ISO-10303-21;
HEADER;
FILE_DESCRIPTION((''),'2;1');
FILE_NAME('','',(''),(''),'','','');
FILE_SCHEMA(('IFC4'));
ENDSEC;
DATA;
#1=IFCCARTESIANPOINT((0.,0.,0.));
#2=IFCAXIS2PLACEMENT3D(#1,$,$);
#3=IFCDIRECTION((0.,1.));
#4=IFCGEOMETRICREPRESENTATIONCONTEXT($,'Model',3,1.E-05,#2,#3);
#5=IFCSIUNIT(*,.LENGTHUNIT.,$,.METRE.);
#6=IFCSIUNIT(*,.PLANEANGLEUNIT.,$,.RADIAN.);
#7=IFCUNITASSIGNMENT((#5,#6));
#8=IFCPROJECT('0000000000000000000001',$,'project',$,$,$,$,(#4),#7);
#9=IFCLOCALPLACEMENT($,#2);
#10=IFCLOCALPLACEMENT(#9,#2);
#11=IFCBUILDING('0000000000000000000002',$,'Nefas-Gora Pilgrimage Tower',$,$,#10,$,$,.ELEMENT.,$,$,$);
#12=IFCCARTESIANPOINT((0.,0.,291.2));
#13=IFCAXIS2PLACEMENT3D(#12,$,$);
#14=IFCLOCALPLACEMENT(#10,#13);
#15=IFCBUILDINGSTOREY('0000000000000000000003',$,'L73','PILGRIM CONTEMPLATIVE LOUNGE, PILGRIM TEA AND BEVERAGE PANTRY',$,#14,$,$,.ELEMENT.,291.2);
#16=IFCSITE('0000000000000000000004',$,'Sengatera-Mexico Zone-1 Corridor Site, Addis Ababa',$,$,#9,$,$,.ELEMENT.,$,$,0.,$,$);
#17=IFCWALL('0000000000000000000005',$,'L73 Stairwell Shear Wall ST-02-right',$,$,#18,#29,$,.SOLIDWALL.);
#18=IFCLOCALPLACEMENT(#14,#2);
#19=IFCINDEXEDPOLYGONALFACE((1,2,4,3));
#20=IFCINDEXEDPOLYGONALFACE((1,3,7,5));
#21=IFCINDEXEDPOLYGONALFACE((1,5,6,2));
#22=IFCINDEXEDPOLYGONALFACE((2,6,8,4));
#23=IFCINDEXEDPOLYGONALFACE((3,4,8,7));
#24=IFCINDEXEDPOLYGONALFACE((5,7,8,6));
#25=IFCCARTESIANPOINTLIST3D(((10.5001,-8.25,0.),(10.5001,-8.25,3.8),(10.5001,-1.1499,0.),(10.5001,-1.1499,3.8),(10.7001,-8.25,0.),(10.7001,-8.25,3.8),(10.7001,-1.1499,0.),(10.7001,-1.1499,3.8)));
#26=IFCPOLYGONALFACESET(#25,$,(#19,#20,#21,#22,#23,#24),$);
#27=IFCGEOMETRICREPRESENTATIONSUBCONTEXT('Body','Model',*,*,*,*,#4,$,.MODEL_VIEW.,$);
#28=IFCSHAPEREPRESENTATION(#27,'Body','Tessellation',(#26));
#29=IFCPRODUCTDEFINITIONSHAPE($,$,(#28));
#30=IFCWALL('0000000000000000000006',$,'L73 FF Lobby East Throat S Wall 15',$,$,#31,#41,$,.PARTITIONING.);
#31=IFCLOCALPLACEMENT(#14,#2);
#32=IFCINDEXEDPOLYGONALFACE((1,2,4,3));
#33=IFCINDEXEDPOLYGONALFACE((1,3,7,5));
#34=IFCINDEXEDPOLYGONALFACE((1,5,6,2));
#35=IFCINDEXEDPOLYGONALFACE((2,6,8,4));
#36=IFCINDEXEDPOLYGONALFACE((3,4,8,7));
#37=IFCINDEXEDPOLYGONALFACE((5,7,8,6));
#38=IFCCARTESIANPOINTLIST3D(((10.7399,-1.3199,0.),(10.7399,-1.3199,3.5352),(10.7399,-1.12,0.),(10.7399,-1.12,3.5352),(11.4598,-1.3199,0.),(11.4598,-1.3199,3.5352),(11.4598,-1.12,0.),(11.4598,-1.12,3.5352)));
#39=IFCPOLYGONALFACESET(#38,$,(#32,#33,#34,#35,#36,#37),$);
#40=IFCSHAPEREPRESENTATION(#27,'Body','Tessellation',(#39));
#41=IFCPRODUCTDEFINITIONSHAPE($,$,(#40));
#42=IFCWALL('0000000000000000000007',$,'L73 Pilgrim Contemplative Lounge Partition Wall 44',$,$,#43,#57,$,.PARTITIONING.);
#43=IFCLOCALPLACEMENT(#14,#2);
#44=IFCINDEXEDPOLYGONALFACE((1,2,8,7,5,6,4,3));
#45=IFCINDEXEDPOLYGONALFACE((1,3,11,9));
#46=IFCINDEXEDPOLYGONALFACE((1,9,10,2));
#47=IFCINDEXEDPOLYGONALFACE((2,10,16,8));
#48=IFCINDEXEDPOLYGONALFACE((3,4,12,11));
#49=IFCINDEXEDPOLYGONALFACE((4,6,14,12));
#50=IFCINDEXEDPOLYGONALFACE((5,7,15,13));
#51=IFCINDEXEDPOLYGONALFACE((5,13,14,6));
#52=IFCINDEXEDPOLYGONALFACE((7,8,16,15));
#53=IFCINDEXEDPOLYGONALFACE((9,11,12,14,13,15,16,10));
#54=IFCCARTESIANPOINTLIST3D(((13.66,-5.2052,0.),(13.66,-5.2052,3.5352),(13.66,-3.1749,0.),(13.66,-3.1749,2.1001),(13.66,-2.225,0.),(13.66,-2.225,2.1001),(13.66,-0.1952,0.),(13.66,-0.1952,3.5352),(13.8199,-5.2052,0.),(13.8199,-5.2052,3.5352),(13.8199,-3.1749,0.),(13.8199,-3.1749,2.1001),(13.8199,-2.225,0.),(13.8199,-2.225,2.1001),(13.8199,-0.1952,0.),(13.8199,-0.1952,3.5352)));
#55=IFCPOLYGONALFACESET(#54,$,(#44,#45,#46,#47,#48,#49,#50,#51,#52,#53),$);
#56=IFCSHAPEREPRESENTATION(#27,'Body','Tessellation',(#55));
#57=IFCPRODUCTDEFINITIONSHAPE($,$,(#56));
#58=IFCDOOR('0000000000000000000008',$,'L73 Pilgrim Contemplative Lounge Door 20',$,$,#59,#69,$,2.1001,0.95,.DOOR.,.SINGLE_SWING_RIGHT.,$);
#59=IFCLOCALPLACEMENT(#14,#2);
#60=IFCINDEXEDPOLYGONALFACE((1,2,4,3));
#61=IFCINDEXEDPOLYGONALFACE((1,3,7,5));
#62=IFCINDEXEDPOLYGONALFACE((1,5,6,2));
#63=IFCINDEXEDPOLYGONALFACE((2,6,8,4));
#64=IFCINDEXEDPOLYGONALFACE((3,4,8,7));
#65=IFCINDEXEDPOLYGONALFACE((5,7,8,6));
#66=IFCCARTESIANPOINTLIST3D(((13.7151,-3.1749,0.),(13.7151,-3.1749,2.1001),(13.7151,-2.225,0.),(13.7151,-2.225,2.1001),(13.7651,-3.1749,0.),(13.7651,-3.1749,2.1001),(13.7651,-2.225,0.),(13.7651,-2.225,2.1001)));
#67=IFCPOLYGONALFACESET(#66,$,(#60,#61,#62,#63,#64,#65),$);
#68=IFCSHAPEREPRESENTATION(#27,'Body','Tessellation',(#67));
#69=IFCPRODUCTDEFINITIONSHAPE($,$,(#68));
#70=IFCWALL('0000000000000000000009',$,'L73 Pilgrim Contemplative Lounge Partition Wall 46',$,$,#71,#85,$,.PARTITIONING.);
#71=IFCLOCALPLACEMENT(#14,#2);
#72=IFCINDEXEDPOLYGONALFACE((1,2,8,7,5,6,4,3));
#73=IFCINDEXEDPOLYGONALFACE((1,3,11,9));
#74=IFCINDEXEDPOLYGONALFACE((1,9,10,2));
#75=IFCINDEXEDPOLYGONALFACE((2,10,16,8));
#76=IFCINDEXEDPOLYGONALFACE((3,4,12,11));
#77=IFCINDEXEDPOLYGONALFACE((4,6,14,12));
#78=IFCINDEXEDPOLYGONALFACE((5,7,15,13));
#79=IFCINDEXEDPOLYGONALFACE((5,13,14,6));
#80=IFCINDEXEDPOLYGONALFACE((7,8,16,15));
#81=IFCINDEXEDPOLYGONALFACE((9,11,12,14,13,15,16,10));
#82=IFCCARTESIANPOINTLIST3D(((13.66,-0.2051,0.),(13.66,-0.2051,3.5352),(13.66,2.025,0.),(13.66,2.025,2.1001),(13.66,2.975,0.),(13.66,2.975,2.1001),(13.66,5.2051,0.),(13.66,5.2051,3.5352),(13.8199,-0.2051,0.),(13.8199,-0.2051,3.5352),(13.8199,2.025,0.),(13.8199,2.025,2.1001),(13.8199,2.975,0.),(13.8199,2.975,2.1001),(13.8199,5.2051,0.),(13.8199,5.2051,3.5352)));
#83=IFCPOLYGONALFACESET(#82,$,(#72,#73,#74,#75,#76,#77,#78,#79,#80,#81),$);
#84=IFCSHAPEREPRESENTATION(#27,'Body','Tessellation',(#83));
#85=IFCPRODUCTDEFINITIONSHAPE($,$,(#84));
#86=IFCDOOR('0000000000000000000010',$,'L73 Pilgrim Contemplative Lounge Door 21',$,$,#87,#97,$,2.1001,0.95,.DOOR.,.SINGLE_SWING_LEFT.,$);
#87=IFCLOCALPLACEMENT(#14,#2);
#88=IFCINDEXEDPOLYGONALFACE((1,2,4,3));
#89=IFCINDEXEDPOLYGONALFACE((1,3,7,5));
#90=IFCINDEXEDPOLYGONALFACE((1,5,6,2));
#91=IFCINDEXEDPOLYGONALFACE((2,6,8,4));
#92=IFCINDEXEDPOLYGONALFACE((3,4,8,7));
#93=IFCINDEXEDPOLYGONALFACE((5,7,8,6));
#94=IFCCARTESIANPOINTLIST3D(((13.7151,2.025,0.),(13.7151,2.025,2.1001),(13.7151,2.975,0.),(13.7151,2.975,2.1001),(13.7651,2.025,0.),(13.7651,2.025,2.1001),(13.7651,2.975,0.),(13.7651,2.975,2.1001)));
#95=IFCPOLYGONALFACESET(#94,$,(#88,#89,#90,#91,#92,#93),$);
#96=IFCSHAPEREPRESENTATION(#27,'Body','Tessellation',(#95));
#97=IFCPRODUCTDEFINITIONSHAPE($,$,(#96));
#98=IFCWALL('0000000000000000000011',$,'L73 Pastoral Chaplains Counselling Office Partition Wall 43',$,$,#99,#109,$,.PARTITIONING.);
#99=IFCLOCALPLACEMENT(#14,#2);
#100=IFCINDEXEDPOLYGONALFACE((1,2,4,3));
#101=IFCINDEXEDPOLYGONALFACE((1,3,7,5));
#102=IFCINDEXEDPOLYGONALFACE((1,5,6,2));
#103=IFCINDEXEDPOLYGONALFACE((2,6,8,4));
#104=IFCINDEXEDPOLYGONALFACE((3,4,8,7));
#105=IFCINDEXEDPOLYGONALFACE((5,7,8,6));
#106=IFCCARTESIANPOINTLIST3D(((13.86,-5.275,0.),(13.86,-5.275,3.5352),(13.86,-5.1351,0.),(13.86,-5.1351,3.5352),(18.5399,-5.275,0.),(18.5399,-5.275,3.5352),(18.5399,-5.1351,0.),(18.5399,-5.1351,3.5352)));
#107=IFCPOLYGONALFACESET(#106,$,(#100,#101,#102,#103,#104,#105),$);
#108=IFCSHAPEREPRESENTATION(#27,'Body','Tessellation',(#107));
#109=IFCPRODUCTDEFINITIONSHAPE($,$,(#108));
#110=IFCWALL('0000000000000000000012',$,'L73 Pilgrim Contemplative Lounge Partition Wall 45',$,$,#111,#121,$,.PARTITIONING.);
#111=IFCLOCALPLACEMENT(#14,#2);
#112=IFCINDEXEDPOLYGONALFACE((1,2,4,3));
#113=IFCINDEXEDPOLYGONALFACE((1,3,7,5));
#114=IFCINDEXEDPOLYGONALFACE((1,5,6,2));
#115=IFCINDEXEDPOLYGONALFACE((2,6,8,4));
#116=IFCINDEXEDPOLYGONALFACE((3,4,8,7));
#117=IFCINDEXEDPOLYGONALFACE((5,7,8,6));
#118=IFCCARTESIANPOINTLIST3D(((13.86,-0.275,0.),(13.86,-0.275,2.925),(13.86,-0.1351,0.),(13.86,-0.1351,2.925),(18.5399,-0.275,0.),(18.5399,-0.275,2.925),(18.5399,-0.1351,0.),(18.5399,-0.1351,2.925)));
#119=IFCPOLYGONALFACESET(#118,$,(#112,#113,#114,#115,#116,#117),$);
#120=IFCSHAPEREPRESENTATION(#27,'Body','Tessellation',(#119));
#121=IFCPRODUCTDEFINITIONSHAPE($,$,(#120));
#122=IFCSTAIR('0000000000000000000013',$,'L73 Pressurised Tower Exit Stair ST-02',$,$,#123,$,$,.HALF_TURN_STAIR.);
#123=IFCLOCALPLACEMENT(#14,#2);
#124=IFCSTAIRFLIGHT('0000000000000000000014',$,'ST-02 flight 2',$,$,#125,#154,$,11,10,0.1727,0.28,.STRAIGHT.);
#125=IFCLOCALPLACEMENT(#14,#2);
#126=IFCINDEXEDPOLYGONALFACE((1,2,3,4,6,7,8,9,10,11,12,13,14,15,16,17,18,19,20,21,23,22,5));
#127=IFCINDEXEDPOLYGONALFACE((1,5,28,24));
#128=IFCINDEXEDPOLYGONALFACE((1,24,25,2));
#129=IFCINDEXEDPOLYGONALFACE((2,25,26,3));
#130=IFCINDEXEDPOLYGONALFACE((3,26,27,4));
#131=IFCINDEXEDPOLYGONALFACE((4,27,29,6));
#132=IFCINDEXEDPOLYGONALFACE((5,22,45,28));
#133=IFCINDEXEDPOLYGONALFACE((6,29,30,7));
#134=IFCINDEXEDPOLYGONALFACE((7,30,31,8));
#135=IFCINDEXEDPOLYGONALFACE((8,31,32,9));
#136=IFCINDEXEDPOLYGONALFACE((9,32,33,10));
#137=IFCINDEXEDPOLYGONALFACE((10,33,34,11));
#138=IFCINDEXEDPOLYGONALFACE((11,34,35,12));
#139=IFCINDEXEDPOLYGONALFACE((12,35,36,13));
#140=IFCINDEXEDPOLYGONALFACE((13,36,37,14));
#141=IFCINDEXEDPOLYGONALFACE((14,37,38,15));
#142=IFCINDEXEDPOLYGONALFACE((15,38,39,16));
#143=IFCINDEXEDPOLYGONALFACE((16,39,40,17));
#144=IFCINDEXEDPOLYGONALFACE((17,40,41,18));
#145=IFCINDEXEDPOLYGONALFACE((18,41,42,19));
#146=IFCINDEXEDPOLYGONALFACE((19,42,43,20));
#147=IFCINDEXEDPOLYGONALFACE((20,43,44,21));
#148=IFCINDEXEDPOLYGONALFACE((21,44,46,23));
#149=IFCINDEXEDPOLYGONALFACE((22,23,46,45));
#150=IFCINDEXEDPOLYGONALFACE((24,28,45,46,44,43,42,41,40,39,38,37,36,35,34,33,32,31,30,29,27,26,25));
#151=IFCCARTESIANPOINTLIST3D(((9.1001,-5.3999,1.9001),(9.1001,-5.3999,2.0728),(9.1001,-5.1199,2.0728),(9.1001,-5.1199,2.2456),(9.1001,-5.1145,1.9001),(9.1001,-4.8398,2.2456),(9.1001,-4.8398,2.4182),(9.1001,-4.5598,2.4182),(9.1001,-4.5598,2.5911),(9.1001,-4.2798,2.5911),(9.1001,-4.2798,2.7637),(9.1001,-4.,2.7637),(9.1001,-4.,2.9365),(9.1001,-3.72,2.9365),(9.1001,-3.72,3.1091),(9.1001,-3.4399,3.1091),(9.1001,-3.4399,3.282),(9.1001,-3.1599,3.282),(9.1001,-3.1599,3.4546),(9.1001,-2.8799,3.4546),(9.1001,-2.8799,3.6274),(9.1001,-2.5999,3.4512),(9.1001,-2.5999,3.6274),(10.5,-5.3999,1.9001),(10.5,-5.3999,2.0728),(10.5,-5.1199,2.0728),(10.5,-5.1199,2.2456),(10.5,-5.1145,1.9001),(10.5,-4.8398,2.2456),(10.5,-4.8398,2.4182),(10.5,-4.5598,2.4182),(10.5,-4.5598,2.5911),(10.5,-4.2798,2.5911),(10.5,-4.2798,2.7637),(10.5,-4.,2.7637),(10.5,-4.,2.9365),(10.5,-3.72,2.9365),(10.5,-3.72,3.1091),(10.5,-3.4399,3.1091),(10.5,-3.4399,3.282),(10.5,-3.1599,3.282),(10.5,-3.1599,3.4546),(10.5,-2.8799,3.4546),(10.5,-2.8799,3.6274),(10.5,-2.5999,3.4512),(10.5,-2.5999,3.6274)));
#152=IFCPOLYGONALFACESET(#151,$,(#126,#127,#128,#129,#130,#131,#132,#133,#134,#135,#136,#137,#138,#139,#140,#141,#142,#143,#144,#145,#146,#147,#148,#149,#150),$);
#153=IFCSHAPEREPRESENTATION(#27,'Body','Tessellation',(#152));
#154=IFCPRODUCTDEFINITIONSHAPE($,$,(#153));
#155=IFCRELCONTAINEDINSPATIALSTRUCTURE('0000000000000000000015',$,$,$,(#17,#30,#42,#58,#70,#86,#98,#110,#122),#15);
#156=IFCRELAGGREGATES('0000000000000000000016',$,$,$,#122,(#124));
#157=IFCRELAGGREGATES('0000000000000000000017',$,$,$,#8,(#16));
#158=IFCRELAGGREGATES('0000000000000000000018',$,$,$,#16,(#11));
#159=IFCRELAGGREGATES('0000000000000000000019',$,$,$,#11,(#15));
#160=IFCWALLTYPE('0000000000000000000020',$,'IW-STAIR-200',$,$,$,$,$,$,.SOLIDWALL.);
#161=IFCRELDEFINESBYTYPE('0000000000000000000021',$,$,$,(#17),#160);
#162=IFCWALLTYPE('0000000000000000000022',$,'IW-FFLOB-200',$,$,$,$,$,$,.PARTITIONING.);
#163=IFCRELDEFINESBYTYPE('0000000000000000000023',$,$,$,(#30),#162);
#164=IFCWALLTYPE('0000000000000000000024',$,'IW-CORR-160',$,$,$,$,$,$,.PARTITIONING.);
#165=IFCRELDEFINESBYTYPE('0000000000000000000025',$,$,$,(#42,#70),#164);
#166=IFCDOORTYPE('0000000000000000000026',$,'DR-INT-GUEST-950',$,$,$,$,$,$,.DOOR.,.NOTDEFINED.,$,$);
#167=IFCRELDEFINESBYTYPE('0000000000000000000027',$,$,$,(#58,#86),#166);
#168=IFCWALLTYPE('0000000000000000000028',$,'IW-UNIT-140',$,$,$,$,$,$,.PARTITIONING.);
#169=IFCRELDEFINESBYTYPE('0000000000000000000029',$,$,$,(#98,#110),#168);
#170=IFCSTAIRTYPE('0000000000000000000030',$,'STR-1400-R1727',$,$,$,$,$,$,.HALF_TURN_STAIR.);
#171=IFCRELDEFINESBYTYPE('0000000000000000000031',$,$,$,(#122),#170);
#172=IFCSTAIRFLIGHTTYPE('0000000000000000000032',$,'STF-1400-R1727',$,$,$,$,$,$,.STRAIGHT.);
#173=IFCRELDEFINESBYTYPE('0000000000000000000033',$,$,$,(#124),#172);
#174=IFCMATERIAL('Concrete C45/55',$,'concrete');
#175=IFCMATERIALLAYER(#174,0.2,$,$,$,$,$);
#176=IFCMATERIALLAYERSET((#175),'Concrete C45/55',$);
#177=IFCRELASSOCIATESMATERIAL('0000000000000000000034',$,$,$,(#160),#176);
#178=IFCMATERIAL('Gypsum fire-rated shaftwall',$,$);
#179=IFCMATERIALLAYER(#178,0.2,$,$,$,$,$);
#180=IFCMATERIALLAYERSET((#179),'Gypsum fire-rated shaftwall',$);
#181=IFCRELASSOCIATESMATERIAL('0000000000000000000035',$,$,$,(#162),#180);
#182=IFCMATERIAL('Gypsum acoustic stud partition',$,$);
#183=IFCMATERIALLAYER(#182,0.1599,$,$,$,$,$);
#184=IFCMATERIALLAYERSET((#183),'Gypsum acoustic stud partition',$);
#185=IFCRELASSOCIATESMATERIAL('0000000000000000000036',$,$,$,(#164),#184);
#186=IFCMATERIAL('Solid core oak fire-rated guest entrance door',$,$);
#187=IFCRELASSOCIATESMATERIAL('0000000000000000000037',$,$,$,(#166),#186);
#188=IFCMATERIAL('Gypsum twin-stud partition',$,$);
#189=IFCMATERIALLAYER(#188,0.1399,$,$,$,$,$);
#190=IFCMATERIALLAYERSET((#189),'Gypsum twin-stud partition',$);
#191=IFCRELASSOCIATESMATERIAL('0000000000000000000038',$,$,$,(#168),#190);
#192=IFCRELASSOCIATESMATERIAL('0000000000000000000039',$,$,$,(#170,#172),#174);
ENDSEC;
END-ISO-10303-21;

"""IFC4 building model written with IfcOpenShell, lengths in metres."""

from ifc_helpers import new_model, si_unit, direction, frame, frame_2d, origin, place, context, subcontext, project, spatial, polyline, rectangle, outline, extrude, source, transform, mapped, material, layer, layer_set, type_object, element, fill, aggregate, save


model = new_model("IFC4")

# Units and contexts
model_context = context("Model", 3, precision=1e-05, world=origin(), true_north=direction((0.0, 1.0)))
body_context = subcontext(model_context, "Body", "Model", "MODEL_VIEW")
ifc_project = project(units=[si_unit("LENGTHUNIT", "METRE"), si_unit("PLANEANGLEUNIT", "RADIAN")], contexts=[model_context])

# Site, building, storey
site_placement = place(None, origin())
site = spatial("IfcSite", under=ifc_project, at=site_placement, Name="Sengatera-Mexico Zone-1 Corridor Site, Addis Ababa", CompositionType="ELEMENT", RefElevation=0.0)
building_placement = place(site_placement, origin())
building = spatial("IfcBuilding", under=site, at=building_placement, Name="Nefas-Gora Pilgrimage Tower", CompositionType="ELEMENT")
storey_placement = place(building_placement, frame((0.0, 0.0, 291.2)))
storey = spatial("IfcBuildingStorey", under=building, at=storey_placement, Name="L73", Description="PILGRIM CONTEMPLATIVE LOUNGE, PILGRIM TEA AND BEVERAGE PANTRY", CompositionType="ELEMENT", Elevation=291.2)

# Walls
ifc_material_1 = material(Name="Concrete C45/55", Category="concrete")
ifc_layer_1 = layer(ifc_material_1, 0.2)
ifc_layer_set_1 = layer_set([ifc_layer_1], Name="Concrete C45/55")
wall_type_1 = type_object("IfcWallType", Name="IW-STAIR-200", PredefinedType="SOLIDWALL", material=ifc_layer_set_1)
shared_shape_1 = source(origin(), body_context, "Body", "SweptSolid", [
    extrude(rectangle(XDim=7.1001, YDim=0.2, at=frame_2d((3.55, 0.0))), origin(), (0.0, 0.0, 1.0), 3.8),
])
wall_1_placement = place(storey_placement, frame((10.6001, -1.1499, 0.0), z_axis=(0.0, 0.0, 1.0), x_axis=(0.0, -1.0, 0.0)))
element("IfcWall", 1, at=wall_1_placement, inside=storey, type_object=wall_type_1, Name="L73 Stairwell Shear Wall ST-02-right", PredefinedType="SOLIDWALL", context=body_context, shape_type="MappedRepresentation", body=[
    mapped(shared_shape_1, transform((0.0, 0.0, 0.0), x_axis=(1.0, 0.0, 0.0), y_axis=(0.0, 1.0, 0.0), z_axis=(0.0, 0.0, 1.0), scale=1.0)),
])
ifc_material_2 = material(Name="Gypsum fire-rated shaftwall")
ifc_layer_2 = layer(ifc_material_2, 0.2)
ifc_layer_set_2 = layer_set([ifc_layer_2], Name="Gypsum fire-rated shaftwall")
wall_type_2 = type_object("IfcWallType", Name="IW-FFLOB-200", PredefinedType="PARTITIONING", material=ifc_layer_set_2)
shared_shape_2 = source(origin(), body_context, "Body", "SweptSolid", [
    extrude(rectangle(XDim=0.72, YDim=0.2, at=frame_2d((0.3599, 0.0))), origin(), (0.0, 0.0, 1.0), 3.5352),
])
wall_2_placement = place(storey_placement, frame((10.74, -1.22, 0.0), z_axis=(0.0, 0.0, 1.0), x_axis=(1.0, 0.0, 0.0)))
element("IfcWall", 2, at=wall_2_placement, inside=storey, type_object=wall_type_2, Name="L73 FF Lobby East Throat S Wall 15", PredefinedType="PARTITIONING", context=body_context, shape_type="MappedRepresentation", body=[
    mapped(shared_shape_2, transform((0.0, 0.0, 0.0), x_axis=(1.0, 0.0, 0.0), y_axis=(0.0, 1.0, 0.0), z_axis=(0.0, 0.0, 1.0), scale=1.0)),
])

# Walls, openings, doors
ifc_material_3 = material(Name="Gypsum acoustic stud partition")
ifc_layer_3 = layer(ifc_material_3, 0.1599)
ifc_layer_set_3 = layer_set([ifc_layer_3], Name="Gypsum acoustic stud partition")
wall_type_3 = type_object("IfcWallType", Name="IW-CORR-160", PredefinedType="PARTITIONING", material=ifc_layer_set_3)
shared_shape_3 = source(origin(), body_context, "Body", "SweptSolid", [
    extrude(rectangle(XDim=5.01, YDim=0.1599, at=frame_2d((2.5049, 0.0))), origin(), (0.0, 0.0, 1.0), 3.5352),
])
wall_3_placement = place(storey_placement, frame((13.74, -5.2051, 0.0), z_axis=(0.0, 0.0, 1.0), x_axis=(0.0, 1.0, 0.0)))
wall_3 = element("IfcWall", 3, at=wall_3_placement, inside=storey, type_object=wall_type_3, Name="L73 Pilgrim Contemplative Lounge Partition Wall 44", PredefinedType="PARTITIONING", context=body_context, shape_type="MappedRepresentation", body=[
    mapped(shared_shape_3, transform((0.0, 0.0, 0.0), x_axis=(1.0, 0.0, 0.0), y_axis=(0.0, 1.0, 0.0), z_axis=(0.0, 0.0, 1.0), scale=1.0)),
])
opening_1_placement = place(wall_3_placement, frame((2.03, 0.0, 0.0)))
opening_1 = element("IfcOpeningElement", 4, at=opening_1_placement, cuts=wall_3, PredefinedType="OPENING", context=body_context, shape_type="SweptSolid", body=[
    extrude(rectangle(XDim=0.95, YDim=2.1001, at=frame_2d((0.4751, 1.05))), frame((0.0, 0.0898, 0.0), z_axis=(0.0, -1.0, 0.0), x_axis=(1.0, 0.0, 0.0)), (0.0, 0.0, 1.0), 0.1799),
])
ifc_material_4 = material(Name="Solid core oak fire-rated guest entrance door")
door_type_1 = type_object("IfcDoorType", Name="DR-INT-GUEST-950", OperationType="NOTDEFINED", PredefinedType="DOOR", material=ifc_material_4)
shared_shape_4 = source(origin(), body_context, "Body", "SweptSolid", [
    extrude(rectangle(XDim=0.95, YDim=2.1001, at=frame_2d((0.4751, 1.05))), frame((0.0, 0.0249, 0.0), z_axis=(0.0, -1.0, 0.0), x_axis=(1.0, 0.0, 0.0)), (0.0, 0.0, 1.0), 0.05),
])
door_1_placement = place(opening_1_placement, origin())
door_1 = element("IfcDoor", 5, at=door_1_placement, inside=storey, type_object=door_type_1, Name="L73 Pilgrim Contemplative Lounge Door 20", OperationType="SINGLE_SWING_RIGHT", OverallHeight=2.1001, OverallWidth=0.95, PredefinedType="DOOR", context=body_context, shape_type="MappedRepresentation", body=[
    mapped(shared_shape_4, transform((0.0, 0.0, 0.0), x_axis=(1.0, 0.0, 0.0), y_axis=(0.0, 1.0, 0.0), z_axis=(0.0, 0.0, 1.0), scale=1.0)),
])
fill(opening_1, door_1)
shared_shape_5 = source(origin(), body_context, "Body", "SweptSolid", [
    extrude(rectangle(XDim=5.4102, YDim=0.1599, at=frame_2d((2.7051, 0.0))), origin(), (0.0, 0.0, 1.0), 3.5352),
])
wall_4_placement = place(storey_placement, frame((13.74, -0.2051, 0.0), z_axis=(0.0, 0.0, 1.0), x_axis=(0.0, 1.0, 0.0)))
wall_4 = element("IfcWall", 6, at=wall_4_placement, inside=storey, type_object=wall_type_3, Name="L73 Pilgrim Contemplative Lounge Partition Wall 46", PredefinedType="PARTITIONING", context=body_context, shape_type="MappedRepresentation", body=[
    mapped(shared_shape_5, transform((0.0, 0.0, 0.0), x_axis=(1.0, 0.0, 0.0), y_axis=(0.0, 1.0, 0.0), z_axis=(0.0, 0.0, 1.0), scale=1.0)),
])
opening_2_placement = place(wall_4_placement, frame((2.23, 0.0, 0.0)))
opening_2 = element("IfcOpeningElement", 7, at=opening_2_placement, cuts=wall_4, PredefinedType="OPENING", context=body_context, shape_type="SweptSolid", body=[
    extrude(rectangle(XDim=0.95, YDim=2.1001, at=frame_2d((0.4751, 1.05))), frame((0.0, 0.0898, 0.0), z_axis=(0.0, -1.0, 0.0), x_axis=(1.0, 0.0, 0.0)), (0.0, 0.0, 1.0), 0.1799),
])
door_2_placement = place(opening_2_placement, origin())
door_2 = element("IfcDoor", 8, at=door_2_placement, inside=storey, type_object=door_type_1, Name="L73 Pilgrim Contemplative Lounge Door 21", OperationType="SINGLE_SWING_LEFT", OverallHeight=2.1001, OverallWidth=0.95, PredefinedType="DOOR", context=body_context, shape_type="MappedRepresentation", body=[
    mapped(shared_shape_4, transform((0.0, 0.0, 0.0), x_axis=(1.0, 0.0, 0.0), y_axis=(0.0, 1.0, 0.0), z_axis=(0.0, 0.0, 1.0), scale=1.0)),
])
fill(opening_2, door_2)

# Walls
ifc_material_5 = material(Name="Gypsum twin-stud partition")
ifc_layer_4 = layer(ifc_material_5, 0.1399)
ifc_layer_set_4 = layer_set([ifc_layer_4], Name="Gypsum twin-stud partition")
wall_type_4 = type_object("IfcWallType", Name="IW-UNIT-140", PredefinedType="PARTITIONING", material=ifc_layer_set_4)
shared_shape_6 = source(origin(), body_context, "Body", "SweptSolid", [
    extrude(rectangle(XDim=4.6799, YDim=0.1399, at=frame_2d((2.3398, 0.0))), origin(), (0.0, 0.0, 1.0), 3.5352),
])
wall_5_placement = place(storey_placement, frame((13.8601, -5.2051, 0.0), z_axis=(0.0, 0.0, 1.0), x_axis=(1.0, 0.0, 0.0)))
element("IfcWall", 9, at=wall_5_placement, inside=storey, type_object=wall_type_4, Name="L73 Pastoral Chaplains Counselling Office Partition Wall 43", PredefinedType="PARTITIONING", context=body_context, shape_type="MappedRepresentation", body=[
    mapped(shared_shape_6, transform((0.0, 0.0, 0.0), x_axis=(1.0, 0.0, 0.0), y_axis=(0.0, 1.0, 0.0), z_axis=(0.0, 0.0, 1.0), scale=1.0)),
])
shared_shape_7 = source(origin(), body_context, "Body", "SweptSolid", [
    extrude(rectangle(XDim=4.6799, YDim=0.1399, at=frame_2d((2.3398, 0.0))), origin(), (0.0, 0.0, 1.0), 2.925),
])
wall_6_placement = place(storey_placement, frame((13.8601, -0.2051, 0.0), z_axis=(0.0, 0.0, 1.0), x_axis=(1.0, 0.0, 0.0)))
element("IfcWall", 10, at=wall_6_placement, inside=storey, type_object=wall_type_4, Name="L73 Pilgrim Contemplative Lounge Partition Wall 45", PredefinedType="PARTITIONING", context=body_context, shape_type="MappedRepresentation", body=[
    mapped(shared_shape_7, transform((0.0, 0.0, 0.0), x_axis=(1.0, 0.0, 0.0), y_axis=(0.0, 1.0, 0.0), z_axis=(0.0, 0.0, 1.0), scale=1.0)),
])

# Stair, stair flight
stair_type = type_object("IfcStairType", Name="STR-1400-R1727", PredefinedType="HALF_TURN_STAIR", material=ifc_material_1)
stair_placement = place(storey_placement, origin())
stair = element("IfcStair", 11, at=stair_placement, inside=storey, type_object=stair_type, Name="L73 Pressurised Tower Exit Stair ST-02", PredefinedType="HALF_TURN_STAIR")
stair_flight_type = type_object("IfcStairFlightType", Name="STF-1400-R1727", PredefinedType="STRAIGHT", material=ifc_material_1)
shared_shape_8 = source(origin(), body_context, "Body", "SweptSolid", [
    extrude(outline(polyline([(0.0, 0.0), (0.0, 0.1726), (0.28, 0.1726), (0.28, 0.3455), (0.5601, 0.3455), (0.5601, 0.5181), (0.8401, 0.5181), (0.8401, 0.6909), (1.1201, 0.6909), (1.1201, 0.8635), (1.3999, 0.8635), (1.3999, 1.0364), (1.6799, 1.0364), (1.6799, 1.209), (1.96, 1.209), (1.96, 1.3818), (2.24, 1.3818), (2.24, 1.5544), (2.52, 1.5544), (2.52, 1.7273), (2.8, 1.7273), (2.8, 1.8999), (2.8, 1.551), (0.2854, 0.0), (0.0, 0.0)])), frame((0.0, 0.7, 0.0), z_axis=(0.0, -1.0, 0.0), x_axis=(1.0, 0.0, 0.0)), (0.0, 0.0, 1.0), 1.3999),
])
stair_flight_placement = place(storey_placement, frame((9.8, -5.3999, 1.9001), z_axis=(0.0, 0.0, 1.0), x_axis=(0.0, 1.0, 0.0)))
stair_flight = element("IfcStairFlight", 12, at=stair_flight_placement, type_object=stair_flight_type, Name="ST-02 flight 2", NumberOfRisers=11, NumberOfTreads=10, PredefinedType="STRAIGHT", RiserHeight=0.1727, TreadLength=0.28, context=body_context, shape_type="MappedRepresentation", body=[
    mapped(shared_shape_8, transform((0.0, 0.0, 0.0), x_axis=(1.0, 0.0, 0.0), y_axis=(0.0, 1.0, 0.0), z_axis=(0.0, 0.0, 1.0), scale=1.0)),
])
aggregate(stair, [stair_flight])

save(model, "model.ifc")
